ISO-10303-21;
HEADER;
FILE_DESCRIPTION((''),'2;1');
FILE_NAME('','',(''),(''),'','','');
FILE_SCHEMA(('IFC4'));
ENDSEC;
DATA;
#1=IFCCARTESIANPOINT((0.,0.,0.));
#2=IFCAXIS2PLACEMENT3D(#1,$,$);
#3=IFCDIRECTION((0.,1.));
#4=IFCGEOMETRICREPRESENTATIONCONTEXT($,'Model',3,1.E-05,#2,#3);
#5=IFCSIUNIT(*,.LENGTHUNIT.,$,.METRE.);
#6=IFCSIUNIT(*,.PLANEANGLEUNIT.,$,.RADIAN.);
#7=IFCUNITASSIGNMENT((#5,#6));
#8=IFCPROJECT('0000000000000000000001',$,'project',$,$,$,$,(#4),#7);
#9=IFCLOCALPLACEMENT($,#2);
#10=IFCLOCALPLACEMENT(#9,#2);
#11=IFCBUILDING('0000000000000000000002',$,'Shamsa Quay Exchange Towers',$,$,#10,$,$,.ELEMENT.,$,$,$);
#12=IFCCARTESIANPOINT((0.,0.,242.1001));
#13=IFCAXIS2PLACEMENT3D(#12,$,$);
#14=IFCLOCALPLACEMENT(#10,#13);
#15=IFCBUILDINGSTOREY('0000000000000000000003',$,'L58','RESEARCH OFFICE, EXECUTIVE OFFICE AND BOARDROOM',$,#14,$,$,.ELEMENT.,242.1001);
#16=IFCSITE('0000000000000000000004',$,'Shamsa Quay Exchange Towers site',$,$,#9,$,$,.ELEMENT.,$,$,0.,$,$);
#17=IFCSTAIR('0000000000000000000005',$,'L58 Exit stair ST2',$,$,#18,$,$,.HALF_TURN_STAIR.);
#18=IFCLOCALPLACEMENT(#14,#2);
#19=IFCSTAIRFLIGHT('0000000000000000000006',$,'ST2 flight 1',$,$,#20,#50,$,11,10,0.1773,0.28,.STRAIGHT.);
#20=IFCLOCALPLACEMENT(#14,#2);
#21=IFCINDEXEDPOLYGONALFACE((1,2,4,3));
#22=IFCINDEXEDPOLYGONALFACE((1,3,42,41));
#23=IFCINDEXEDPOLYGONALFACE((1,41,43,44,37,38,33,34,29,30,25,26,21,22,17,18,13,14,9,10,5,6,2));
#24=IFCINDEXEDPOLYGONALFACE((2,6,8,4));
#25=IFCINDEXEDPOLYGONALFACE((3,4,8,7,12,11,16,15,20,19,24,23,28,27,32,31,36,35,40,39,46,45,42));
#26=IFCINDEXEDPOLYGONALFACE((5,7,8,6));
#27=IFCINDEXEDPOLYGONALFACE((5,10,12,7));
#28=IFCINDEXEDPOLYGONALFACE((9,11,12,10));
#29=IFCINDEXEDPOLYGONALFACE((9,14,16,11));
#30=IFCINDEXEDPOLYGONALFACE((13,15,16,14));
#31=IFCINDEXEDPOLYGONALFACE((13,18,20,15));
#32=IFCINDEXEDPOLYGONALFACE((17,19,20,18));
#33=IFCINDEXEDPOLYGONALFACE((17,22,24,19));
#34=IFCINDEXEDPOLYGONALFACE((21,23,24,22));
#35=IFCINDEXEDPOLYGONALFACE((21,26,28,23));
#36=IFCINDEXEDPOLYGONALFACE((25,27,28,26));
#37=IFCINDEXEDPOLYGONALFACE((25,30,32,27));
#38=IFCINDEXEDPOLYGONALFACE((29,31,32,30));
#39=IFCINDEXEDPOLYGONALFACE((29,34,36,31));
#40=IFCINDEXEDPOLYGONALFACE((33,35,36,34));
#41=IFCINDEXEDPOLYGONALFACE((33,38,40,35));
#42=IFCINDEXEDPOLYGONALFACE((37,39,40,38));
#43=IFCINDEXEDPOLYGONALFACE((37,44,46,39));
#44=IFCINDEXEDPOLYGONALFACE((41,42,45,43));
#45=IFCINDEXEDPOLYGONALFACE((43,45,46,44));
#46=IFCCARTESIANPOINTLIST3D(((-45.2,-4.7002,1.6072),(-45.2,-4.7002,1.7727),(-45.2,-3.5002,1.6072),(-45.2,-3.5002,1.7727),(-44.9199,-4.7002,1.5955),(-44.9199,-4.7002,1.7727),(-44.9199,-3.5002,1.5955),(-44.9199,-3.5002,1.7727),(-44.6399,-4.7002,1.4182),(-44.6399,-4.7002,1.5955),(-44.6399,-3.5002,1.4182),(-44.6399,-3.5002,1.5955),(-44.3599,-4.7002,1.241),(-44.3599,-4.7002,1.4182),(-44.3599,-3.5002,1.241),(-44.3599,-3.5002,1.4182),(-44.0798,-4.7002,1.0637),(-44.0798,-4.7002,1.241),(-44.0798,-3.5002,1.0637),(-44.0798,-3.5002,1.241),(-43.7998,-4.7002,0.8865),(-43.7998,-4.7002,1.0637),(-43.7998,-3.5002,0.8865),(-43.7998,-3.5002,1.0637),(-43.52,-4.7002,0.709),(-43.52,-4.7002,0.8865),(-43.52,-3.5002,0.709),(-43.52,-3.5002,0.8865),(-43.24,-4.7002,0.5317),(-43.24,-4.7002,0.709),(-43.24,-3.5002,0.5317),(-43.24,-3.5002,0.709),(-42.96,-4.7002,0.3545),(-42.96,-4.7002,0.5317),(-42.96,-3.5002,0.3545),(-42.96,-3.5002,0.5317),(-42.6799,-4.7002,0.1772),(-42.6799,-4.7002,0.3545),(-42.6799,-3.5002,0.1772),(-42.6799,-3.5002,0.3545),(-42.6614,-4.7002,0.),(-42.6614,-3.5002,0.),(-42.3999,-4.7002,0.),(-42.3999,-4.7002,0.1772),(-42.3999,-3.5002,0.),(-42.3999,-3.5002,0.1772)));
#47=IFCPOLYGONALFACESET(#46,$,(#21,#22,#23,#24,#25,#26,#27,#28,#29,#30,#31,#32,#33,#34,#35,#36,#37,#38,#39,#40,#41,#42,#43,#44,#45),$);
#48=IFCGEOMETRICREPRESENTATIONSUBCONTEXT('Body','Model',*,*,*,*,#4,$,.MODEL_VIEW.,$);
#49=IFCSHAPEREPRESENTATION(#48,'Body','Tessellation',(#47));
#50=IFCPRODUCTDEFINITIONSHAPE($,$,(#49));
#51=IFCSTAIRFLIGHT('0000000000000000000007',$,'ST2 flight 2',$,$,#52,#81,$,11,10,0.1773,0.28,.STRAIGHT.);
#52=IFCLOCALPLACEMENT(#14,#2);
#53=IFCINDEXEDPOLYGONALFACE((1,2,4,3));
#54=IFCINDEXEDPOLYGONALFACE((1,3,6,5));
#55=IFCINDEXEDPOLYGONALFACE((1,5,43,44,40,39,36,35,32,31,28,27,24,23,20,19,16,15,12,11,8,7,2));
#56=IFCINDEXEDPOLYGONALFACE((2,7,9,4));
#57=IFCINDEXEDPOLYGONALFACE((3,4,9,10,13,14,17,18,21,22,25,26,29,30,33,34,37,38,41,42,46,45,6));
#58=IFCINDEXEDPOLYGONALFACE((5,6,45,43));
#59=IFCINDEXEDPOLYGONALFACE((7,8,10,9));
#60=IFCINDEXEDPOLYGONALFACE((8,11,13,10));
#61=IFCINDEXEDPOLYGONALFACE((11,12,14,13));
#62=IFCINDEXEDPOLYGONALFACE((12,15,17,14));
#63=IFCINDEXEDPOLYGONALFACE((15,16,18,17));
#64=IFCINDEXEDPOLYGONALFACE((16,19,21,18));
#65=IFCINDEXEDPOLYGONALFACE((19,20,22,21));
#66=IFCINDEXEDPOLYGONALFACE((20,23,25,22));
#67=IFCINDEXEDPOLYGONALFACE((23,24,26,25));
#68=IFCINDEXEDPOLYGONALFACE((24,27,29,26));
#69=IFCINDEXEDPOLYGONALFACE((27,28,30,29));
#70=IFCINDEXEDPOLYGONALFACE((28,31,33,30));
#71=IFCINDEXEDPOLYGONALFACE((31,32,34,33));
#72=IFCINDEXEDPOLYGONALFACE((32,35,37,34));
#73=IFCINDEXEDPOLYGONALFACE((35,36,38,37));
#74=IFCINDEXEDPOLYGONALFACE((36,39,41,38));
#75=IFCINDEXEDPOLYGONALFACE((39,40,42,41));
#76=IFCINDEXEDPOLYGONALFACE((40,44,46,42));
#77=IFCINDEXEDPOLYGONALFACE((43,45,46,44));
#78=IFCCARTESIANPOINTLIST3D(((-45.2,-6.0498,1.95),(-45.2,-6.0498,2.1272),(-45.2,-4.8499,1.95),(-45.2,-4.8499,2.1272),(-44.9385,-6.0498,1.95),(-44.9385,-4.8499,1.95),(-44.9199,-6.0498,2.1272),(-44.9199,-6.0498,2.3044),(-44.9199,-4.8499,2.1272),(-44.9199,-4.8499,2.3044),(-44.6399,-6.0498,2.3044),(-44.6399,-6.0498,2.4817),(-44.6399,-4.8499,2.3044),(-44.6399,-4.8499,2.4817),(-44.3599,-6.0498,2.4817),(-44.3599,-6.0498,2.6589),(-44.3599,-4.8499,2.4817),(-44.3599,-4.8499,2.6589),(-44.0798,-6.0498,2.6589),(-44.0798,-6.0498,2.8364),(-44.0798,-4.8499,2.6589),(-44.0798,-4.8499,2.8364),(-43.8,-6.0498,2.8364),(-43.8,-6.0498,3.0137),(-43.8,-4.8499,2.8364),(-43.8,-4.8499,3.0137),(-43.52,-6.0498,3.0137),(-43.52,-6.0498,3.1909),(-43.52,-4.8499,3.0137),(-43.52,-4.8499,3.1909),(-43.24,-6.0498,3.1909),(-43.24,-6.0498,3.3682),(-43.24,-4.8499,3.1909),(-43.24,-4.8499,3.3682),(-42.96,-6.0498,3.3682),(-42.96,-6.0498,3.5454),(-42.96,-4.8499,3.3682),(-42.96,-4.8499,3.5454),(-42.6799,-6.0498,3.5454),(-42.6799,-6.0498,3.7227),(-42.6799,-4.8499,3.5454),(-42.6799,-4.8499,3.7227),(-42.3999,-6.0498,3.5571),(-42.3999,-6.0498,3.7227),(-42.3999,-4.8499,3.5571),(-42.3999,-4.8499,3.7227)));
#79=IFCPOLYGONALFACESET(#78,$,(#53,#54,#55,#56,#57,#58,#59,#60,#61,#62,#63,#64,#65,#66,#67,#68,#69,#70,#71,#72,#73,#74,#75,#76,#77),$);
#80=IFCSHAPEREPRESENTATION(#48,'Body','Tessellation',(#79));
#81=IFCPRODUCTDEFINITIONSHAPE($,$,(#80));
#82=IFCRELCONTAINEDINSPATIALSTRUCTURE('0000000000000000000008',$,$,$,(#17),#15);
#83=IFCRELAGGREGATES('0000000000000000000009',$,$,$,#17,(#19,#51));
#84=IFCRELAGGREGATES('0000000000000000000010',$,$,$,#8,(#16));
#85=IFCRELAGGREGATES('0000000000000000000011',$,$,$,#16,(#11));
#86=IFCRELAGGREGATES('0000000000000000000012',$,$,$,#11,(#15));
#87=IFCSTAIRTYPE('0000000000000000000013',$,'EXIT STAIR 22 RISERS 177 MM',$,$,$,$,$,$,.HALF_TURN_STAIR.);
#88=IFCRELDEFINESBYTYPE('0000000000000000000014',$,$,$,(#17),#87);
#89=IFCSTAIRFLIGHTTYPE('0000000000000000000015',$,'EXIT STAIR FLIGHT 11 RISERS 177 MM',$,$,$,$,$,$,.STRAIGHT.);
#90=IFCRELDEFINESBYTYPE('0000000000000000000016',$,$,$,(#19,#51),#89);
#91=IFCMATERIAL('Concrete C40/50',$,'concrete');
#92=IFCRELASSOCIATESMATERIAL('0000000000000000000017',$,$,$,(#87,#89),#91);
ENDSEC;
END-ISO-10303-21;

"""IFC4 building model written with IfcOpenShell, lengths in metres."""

from ifc_helpers import new_model, si_unit, direction, frame, origin, place, context, subcontext, project, spatial, polyline, outline, extrude, material, type_object, element, aggregate, save


model = new_model("IFC4")

# Units and contexts
model_context = context("Model", 3, precision=1e-05, world=origin(), true_north=direction((0.0, 1.0)))
body_context = subcontext(model_context, "Body", "Model", "MODEL_VIEW")
ifc_project = project(units=[si_unit("LENGTHUNIT", "METRE"), si_unit("PLANEANGLEUNIT", "RADIAN")], contexts=[model_context])

# Site, building, storey
site_placement = place(None, origin())
site = spatial("IfcSite", under=ifc_project, at=site_placement, Name="Shamsa Quay Exchange Towers site", CompositionType="ELEMENT", RefElevation=0.0)
building_placement = place(site_placement, origin())
building = spatial("IfcBuilding", under=site, at=building_placement, Name="Shamsa Quay Exchange Towers", CompositionType="ELEMENT")
storey_placement = place(building_placement, frame((0.0, 0.0, 242.1001)))
storey = spatial("IfcBuildingStorey", under=building, at=storey_placement, Name="L58", Description="RESEARCH OFFICE, EXECUTIVE OFFICE AND BOARDROOM", CompositionType="ELEMENT", Elevation=242.1001)

# Stair, stair flights
ifc_material_1 = material(Name="Concrete C40/50", Category="concrete")
stair_type = type_object("IfcStairType", Name="EXIT STAIR 22 RISERS 177 MM", PredefinedType="HALF_TURN_STAIR", material=ifc_material_1)
stair_placement = place(storey_placement, origin())
stair = element("IfcStair", 1, at=stair_placement, inside=storey, type_object=stair_type, Name="L58 Exit stair ST2", PredefinedType="HALF_TURN_STAIR")
stair_flight_type = type_object("IfcStairFlightType", Name="EXIT STAIR FLIGHT 11 RISERS 177 MM", PredefinedType="STRAIGHT", material=ifc_material_1)
stair_flight_1_placement = place(storey_placement, frame((-42.3999, -4.1001, 0.0), z_axis=(0.0, 0.0, 1.0), x_axis=(-1.0, 0.0, 0.0)))
stair_flight_1 = element("IfcStairFlight", 2, at=stair_flight_1_placement, type_object=stair_flight_type, Name="ST2 flight 1", NumberOfRisers=11, NumberOfTreads=10, PredefinedType="STRAIGHT", RiserHeight=0.1773, TreadLength=0.28, context=body_context, shape_type="SweptSolid", body=[
    extrude(outline(polyline([(0.0, 0.0), (0.0, 0.1772), (0.28, 0.1772), (0.28, 0.3545), (0.5601, 0.3545), (0.5601, 0.5317), (0.8401, 0.5317), (0.8401, 0.709), (1.1201, 0.709), (1.1201, 0.8865), (1.3999, 0.8865), (1.3999, 1.0637), (1.6799, 1.0637), (1.6799, 1.241), (1.96, 1.241), (1.96, 1.4182), (2.24, 1.4182), (2.24, 1.5955), (2.52, 1.5955), (2.52, 1.7727), (2.8, 1.7727), (2.8, 1.95), (2.8, 1.6072), (0.2615, 0.0), (0.0, 0.0)])), frame((0.0, 0.6001, 0.0), z_axis=(0.0, -1.0, 0.0), x_axis=(1.0, 0.0, 0.0)), (0.0, 0.0, 1.0), 1.2),
])
stair_flight_2_placement = place(storey_placement, frame((-45.2, -5.45, 1.95)))
stair_flight_2 = element("IfcStairFlight", 3, at=stair_flight_2_placement, type_object=stair_flight_type, Name="ST2 flight 2", NumberOfRisers=11, NumberOfTreads=10, PredefinedType="STRAIGHT", RiserHeight=0.1773, TreadLength=0.28, context=body_context, shape_type="SweptSolid", body=[
    extrude(outline(polyline([(0.0, 0.0), (0.0, 0.1772), (0.28, 0.1772), (0.28, 0.3545), (0.5601, 0.3545), (0.5601, 0.5317), (0.8401, 0.5317), (0.8401, 0.709), (1.1201, 0.709), (1.1201, 0.8865), (1.3999, 0.8865), (1.3999, 1.0637), (1.6799, 1.0637), (1.6799, 1.241), (1.96, 1.241), (1.96, 1.4182), (2.24, 1.4182), (2.24, 1.5955), (2.52, 1.5955), (2.52, 1.7727), (2.8, 1.7727), (2.8, 1.95), (2.8, 1.6072), (0.2615, 0.0), (0.0, 0.0)])), frame((0.0, 0.6001, 0.0), z_axis=(0.0, -1.0, 0.0), x_axis=(1.0, 0.0, 0.0)), (0.0, 0.0, 1.0), 1.2),
])
aggregate(stair, [stair_flight_1, stair_flight_2])

save(model, "model.ifc")
